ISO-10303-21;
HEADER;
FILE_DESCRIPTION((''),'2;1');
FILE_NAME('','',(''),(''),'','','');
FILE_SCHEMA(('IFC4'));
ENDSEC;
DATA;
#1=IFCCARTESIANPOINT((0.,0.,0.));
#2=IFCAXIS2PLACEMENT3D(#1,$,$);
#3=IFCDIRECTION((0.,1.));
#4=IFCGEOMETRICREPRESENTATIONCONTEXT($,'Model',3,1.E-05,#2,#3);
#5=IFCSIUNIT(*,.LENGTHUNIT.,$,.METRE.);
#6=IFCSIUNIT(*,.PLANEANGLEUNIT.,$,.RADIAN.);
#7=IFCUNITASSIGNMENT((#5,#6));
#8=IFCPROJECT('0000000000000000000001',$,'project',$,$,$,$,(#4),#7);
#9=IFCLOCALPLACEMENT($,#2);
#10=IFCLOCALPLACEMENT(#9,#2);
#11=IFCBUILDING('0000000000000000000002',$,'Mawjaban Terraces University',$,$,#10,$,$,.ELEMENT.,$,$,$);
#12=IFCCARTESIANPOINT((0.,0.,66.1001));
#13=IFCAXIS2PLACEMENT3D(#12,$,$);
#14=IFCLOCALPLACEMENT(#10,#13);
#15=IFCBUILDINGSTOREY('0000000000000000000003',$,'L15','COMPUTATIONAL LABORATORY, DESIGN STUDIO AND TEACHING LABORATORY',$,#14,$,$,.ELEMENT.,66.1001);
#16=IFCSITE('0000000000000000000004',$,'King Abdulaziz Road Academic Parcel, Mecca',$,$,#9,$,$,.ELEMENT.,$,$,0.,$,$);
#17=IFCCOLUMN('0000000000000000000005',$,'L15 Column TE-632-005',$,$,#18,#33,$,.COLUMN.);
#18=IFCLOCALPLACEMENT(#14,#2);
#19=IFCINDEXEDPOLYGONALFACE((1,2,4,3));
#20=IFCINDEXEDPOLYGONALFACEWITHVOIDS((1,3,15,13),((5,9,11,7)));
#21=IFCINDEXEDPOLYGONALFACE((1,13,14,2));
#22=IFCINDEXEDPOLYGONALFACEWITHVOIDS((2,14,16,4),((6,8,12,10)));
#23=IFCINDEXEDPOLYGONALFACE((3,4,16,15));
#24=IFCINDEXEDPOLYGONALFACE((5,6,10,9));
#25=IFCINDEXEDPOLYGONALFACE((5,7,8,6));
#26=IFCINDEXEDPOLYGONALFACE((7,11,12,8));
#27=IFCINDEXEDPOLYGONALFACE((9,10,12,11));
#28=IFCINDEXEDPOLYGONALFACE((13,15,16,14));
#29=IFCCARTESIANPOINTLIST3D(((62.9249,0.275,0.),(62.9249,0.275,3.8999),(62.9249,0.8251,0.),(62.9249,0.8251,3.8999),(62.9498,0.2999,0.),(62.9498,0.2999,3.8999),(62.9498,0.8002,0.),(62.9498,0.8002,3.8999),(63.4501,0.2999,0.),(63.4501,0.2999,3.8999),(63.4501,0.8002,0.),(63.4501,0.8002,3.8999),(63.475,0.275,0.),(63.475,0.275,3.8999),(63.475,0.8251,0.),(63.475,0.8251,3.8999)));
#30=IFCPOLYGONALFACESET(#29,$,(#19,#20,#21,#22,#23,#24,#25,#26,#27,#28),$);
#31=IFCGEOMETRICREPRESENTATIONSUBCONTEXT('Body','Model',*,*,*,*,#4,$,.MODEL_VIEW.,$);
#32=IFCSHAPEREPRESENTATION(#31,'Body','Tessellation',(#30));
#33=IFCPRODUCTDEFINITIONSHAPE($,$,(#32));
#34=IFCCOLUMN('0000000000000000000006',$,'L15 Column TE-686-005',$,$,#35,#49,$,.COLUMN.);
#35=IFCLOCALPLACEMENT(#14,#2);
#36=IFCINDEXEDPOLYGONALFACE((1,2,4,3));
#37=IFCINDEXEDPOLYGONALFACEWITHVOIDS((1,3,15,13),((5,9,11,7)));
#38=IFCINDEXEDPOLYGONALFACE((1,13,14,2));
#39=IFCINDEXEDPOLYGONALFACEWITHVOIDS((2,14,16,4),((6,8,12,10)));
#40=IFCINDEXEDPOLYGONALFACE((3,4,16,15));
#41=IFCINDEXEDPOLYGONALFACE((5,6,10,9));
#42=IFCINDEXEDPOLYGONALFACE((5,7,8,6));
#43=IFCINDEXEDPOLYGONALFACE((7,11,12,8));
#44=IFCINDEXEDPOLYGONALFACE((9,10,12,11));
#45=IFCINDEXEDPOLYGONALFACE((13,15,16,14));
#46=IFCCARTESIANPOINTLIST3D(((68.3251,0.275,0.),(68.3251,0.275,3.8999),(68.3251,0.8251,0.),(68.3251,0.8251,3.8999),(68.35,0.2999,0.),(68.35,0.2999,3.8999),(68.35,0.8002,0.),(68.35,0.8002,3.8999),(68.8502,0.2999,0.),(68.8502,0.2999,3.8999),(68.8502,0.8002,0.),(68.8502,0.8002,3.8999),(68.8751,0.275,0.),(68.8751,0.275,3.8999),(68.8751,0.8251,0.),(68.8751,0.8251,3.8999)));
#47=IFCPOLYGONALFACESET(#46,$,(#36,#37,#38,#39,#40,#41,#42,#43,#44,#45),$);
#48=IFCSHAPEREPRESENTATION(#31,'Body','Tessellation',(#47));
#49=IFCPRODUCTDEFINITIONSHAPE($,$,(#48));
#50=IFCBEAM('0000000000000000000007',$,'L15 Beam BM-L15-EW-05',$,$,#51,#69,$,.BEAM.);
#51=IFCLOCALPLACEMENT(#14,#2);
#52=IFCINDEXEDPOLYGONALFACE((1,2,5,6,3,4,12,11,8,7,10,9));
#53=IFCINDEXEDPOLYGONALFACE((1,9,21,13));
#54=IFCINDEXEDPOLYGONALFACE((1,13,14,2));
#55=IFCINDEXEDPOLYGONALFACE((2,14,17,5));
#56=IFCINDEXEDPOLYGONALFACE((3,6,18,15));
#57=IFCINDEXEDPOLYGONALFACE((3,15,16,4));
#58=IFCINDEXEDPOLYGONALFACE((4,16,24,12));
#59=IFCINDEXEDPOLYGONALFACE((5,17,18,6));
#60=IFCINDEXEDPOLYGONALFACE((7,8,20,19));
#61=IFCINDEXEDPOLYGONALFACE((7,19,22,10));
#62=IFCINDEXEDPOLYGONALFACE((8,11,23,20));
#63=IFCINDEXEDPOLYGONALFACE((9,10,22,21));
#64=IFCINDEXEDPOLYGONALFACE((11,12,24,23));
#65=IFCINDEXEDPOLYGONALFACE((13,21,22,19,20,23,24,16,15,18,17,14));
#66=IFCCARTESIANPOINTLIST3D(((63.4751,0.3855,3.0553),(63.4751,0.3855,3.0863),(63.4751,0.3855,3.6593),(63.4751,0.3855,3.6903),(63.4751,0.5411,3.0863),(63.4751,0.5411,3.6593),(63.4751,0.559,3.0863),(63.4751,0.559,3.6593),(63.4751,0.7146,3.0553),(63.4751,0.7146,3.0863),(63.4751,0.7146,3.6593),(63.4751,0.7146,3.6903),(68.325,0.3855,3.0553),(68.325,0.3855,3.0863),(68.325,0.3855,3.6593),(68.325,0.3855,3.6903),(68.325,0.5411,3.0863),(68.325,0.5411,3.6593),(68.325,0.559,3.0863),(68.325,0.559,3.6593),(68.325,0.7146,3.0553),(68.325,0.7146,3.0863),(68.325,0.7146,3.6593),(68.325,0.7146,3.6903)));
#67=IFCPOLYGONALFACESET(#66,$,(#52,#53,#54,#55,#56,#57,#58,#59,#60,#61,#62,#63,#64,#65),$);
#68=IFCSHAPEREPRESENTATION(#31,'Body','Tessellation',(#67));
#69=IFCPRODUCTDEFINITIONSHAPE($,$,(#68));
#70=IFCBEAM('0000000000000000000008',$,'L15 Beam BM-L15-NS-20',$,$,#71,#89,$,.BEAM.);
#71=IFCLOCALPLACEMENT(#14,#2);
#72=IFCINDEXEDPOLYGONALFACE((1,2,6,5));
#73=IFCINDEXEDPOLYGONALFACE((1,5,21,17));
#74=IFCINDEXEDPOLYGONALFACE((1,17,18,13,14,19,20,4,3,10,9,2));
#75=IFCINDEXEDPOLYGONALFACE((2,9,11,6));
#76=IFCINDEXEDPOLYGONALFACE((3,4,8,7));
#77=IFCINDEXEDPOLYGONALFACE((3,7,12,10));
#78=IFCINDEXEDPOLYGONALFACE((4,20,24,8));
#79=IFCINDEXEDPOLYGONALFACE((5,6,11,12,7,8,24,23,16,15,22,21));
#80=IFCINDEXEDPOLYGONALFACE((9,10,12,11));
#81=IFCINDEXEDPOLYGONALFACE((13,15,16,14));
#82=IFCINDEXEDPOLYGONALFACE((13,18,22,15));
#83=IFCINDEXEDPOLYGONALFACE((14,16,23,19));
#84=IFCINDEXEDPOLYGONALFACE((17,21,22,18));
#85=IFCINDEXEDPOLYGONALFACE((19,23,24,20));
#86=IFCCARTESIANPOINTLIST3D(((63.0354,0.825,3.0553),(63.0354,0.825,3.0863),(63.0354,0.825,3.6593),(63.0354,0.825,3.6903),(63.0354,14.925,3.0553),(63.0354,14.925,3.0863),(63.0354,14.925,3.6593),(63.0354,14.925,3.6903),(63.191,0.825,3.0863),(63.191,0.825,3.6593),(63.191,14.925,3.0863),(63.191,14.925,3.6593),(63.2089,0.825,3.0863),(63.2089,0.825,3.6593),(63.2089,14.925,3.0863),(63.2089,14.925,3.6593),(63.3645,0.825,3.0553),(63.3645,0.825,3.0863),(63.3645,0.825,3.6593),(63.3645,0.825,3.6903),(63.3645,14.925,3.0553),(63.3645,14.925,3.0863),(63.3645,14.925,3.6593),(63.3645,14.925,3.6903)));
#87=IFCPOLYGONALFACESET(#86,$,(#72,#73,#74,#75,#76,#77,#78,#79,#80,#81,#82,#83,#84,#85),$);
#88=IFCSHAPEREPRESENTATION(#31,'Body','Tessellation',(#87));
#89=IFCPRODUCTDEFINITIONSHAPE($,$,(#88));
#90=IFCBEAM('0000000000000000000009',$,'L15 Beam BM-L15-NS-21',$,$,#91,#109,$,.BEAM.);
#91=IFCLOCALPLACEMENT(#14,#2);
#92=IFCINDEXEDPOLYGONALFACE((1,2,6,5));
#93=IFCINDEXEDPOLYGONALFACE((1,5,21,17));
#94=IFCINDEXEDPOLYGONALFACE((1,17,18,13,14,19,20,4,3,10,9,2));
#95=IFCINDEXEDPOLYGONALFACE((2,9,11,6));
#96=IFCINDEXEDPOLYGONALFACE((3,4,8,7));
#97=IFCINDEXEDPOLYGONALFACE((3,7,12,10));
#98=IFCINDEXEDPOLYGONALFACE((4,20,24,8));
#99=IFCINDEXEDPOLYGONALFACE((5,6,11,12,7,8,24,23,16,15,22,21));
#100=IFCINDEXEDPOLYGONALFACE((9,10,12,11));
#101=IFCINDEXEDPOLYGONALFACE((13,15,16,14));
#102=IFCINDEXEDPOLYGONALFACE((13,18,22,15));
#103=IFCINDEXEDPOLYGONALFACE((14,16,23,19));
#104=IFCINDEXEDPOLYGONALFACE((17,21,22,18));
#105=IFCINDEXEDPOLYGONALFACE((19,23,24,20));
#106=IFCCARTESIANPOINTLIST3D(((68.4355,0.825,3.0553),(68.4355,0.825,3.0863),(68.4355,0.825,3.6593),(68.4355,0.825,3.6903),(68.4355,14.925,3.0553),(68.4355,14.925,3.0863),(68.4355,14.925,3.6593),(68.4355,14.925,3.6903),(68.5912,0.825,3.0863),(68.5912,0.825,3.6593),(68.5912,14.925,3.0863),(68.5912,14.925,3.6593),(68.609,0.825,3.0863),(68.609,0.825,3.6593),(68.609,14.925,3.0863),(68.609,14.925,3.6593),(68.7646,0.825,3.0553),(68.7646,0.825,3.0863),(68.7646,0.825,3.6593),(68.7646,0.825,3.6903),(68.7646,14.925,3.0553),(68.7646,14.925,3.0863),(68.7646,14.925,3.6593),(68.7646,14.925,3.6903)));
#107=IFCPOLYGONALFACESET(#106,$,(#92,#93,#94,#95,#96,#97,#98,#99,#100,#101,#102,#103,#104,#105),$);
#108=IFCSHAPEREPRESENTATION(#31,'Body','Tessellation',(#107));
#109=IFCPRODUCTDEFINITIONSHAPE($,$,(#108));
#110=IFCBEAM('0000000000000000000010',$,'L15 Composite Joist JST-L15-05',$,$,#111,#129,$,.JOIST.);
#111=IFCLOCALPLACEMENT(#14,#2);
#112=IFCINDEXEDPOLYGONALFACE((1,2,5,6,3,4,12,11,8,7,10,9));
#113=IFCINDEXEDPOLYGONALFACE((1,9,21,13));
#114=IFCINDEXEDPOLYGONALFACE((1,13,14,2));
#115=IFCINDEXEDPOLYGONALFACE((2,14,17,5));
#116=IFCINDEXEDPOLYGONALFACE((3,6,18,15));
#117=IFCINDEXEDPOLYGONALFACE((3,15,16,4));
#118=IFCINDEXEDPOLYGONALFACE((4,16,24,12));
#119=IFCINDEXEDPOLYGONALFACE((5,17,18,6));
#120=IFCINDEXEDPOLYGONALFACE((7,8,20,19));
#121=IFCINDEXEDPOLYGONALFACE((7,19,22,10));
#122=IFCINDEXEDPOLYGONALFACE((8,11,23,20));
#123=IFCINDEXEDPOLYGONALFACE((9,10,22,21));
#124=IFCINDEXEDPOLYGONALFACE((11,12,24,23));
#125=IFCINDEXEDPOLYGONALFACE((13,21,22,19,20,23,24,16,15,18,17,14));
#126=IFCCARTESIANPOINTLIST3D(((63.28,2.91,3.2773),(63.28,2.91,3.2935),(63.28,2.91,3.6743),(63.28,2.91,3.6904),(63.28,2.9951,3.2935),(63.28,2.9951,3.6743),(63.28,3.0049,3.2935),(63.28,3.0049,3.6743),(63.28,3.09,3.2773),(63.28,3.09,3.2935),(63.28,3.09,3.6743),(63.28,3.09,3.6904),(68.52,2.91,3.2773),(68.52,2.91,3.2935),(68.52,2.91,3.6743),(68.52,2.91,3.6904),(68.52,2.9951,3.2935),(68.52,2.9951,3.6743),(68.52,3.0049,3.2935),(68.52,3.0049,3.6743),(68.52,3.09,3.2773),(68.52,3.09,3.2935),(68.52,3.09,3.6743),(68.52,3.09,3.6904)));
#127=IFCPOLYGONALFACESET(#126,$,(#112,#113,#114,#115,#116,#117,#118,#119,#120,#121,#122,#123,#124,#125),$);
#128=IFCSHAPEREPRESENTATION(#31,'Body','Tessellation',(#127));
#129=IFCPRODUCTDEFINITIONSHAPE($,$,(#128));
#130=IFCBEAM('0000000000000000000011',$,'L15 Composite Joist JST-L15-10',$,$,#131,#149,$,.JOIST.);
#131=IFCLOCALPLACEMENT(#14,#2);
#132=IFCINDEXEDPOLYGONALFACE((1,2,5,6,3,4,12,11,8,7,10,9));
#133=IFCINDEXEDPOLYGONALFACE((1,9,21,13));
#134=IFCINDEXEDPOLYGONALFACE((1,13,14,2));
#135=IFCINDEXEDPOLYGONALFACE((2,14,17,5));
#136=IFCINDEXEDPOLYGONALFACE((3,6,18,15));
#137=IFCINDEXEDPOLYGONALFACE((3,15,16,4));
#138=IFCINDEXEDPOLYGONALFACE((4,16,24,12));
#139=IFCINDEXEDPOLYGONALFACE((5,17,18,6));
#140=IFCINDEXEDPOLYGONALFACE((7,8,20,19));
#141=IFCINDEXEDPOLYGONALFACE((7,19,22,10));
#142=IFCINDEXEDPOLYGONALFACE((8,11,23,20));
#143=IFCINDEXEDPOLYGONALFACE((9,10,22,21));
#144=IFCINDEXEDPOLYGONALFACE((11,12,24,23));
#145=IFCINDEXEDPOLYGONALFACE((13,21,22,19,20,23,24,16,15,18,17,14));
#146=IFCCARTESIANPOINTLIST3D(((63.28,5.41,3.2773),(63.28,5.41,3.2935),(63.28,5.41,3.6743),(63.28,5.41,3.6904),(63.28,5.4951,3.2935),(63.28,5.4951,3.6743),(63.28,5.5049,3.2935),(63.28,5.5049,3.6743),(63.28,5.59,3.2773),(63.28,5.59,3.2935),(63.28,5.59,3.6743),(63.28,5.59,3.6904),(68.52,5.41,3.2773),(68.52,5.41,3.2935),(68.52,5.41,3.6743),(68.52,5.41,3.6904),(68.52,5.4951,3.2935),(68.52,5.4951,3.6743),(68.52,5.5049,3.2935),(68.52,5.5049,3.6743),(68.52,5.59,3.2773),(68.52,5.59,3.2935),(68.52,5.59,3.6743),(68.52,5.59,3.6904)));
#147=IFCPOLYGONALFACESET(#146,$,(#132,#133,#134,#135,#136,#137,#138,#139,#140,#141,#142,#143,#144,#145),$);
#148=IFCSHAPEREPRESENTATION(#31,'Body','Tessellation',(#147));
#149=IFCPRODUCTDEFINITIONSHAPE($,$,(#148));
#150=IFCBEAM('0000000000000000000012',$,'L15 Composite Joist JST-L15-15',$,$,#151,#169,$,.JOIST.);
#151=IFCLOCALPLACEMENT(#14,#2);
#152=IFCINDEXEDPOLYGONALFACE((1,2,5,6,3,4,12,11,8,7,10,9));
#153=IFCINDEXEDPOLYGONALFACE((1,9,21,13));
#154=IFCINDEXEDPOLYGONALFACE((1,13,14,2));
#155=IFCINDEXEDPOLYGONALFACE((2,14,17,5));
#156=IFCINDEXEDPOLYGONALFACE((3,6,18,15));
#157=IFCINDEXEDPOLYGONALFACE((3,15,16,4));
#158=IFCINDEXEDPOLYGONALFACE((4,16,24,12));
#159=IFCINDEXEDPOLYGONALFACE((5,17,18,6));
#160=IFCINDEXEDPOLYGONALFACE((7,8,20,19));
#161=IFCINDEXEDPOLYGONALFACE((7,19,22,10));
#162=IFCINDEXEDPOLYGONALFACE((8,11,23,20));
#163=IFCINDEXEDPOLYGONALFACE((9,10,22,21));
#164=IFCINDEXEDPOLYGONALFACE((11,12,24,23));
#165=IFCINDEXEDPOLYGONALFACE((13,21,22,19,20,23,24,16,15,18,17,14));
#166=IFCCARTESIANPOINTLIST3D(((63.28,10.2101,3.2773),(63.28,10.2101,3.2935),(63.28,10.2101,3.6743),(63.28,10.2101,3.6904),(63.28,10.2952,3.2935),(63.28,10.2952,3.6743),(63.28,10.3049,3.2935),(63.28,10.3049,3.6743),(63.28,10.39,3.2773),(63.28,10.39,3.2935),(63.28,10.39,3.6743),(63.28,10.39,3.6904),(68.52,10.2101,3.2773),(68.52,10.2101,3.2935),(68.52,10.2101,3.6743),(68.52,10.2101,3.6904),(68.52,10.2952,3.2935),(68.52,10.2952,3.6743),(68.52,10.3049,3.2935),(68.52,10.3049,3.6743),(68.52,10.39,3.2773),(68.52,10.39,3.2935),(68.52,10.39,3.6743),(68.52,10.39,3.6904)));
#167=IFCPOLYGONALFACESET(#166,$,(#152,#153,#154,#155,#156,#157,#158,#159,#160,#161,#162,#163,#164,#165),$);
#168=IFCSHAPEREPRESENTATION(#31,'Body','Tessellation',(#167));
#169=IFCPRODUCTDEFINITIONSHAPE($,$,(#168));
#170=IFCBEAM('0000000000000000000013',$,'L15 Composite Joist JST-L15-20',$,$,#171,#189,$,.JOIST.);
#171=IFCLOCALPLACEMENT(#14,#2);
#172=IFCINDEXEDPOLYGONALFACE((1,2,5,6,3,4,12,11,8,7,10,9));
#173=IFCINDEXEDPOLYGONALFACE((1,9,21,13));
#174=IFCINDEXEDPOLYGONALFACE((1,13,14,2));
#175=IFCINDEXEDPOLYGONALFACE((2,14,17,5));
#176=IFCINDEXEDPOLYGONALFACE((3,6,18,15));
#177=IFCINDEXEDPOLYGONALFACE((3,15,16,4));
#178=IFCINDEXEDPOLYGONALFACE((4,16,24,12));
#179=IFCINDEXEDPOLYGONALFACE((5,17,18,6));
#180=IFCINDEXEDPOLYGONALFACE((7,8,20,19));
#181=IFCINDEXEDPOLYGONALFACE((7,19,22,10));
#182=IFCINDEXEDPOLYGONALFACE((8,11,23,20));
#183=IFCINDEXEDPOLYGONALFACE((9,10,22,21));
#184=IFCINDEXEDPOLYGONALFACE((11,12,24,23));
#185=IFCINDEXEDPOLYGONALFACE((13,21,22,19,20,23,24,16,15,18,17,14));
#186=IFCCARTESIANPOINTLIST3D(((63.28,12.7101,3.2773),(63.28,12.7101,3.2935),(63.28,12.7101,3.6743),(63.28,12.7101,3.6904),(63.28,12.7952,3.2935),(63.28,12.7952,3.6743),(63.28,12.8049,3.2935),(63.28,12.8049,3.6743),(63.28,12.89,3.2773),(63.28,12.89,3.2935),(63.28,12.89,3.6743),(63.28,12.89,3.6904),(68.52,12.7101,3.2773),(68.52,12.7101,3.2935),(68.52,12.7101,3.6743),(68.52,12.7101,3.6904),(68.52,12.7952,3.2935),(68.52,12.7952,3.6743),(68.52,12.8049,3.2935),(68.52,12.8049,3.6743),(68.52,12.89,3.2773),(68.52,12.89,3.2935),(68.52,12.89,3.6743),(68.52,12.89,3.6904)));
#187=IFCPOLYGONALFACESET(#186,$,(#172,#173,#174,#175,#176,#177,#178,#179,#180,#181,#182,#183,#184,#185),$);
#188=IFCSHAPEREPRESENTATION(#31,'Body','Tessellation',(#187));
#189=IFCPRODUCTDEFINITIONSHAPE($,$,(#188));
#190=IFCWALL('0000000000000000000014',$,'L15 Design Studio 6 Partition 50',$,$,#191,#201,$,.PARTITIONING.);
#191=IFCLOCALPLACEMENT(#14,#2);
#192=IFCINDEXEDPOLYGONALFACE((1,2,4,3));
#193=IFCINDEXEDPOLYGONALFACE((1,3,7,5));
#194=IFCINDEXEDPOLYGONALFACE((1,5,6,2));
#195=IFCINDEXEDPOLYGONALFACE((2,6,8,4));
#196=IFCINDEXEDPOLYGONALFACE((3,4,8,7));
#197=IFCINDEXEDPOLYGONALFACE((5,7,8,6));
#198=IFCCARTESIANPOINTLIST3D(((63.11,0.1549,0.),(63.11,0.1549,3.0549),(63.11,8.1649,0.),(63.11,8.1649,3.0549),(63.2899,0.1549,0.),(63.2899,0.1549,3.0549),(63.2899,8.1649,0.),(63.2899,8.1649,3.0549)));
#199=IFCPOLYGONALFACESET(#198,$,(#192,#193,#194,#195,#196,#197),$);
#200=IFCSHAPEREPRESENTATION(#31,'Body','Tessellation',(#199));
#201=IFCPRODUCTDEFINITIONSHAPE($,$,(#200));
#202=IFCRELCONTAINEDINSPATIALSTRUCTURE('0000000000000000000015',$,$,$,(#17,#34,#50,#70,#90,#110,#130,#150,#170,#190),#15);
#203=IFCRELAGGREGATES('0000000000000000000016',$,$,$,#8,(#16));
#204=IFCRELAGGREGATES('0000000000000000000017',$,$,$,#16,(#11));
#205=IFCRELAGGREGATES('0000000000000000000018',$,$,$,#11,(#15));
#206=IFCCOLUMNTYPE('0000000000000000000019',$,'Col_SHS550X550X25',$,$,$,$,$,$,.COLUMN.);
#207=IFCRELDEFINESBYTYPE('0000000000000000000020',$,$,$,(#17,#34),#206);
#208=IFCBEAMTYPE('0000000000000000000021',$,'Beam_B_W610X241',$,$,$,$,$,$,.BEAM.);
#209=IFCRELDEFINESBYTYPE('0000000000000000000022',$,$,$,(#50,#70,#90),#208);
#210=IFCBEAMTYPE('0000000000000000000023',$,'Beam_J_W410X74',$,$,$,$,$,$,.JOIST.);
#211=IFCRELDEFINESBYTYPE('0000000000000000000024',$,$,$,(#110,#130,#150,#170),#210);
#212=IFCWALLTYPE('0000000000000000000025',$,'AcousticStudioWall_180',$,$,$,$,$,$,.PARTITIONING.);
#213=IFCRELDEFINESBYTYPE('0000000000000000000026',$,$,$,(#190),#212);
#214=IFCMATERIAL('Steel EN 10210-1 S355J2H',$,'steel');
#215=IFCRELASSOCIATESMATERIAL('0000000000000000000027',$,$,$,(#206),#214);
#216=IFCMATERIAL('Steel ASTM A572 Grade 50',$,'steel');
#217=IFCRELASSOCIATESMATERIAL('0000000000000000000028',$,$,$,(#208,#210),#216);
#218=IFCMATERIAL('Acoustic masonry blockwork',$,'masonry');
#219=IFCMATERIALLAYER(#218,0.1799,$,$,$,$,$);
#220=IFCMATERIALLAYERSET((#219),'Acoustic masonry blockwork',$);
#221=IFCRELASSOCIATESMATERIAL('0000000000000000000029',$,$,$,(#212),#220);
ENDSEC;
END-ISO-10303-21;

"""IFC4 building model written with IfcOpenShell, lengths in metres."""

from ifc_helpers import new_model, si_unit, direction, frame, frame_2d, origin, origin_2d, place, context, subcontext, project, spatial, rectangle, hollow_rectangle, i_section, extrude, material, layer, layer_set, material_profile, profile_set, type_object, element, save


model = new_model("IFC4")

# Units and contexts
model_context = context("Model", 3, precision=1e-05, world=origin(), true_north=direction((0.0, 1.0)))
body_context = subcontext(model_context, "Body", "Model", "MODEL_VIEW")
ifc_project = project(units=[si_unit("LENGTHUNIT", "METRE"), si_unit("PLANEANGLEUNIT", "RADIAN")], contexts=[model_context])

# Site, building, storey
site_placement = place(None, origin())
site = spatial("IfcSite", under=ifc_project, at=site_placement, Name="King Abdulaziz Road Academic Parcel, Mecca", CompositionType="ELEMENT", RefElevation=0.0)
building_placement = place(site_placement, origin())
building = spatial("IfcBuilding", under=site, at=building_placement, Name="Mawjaban Terraces University", CompositionType="ELEMENT")
storey_placement = place(building_placement, frame((0.0, 0.0, 66.1001)))
storey = spatial("IfcBuildingStorey", under=building, at=storey_placement, Name="L15", Description="COMPUTATIONAL LABORATORY, DESIGN STUDIO AND TEACHING LABORATORY", CompositionType="ELEMENT", Elevation=66.1001)

# Columns
ifc_material_1 = material(Name="Steel EN 10210-1 S355J2H", Category="steel")
ifc_material_profile_1 = material_profile(ifc_material_1, hollow_rectangle(XDim=0.55, YDim=0.55, WallThickness=0.0249, at=origin_2d()), Name="SHS550X550X25")
ifc_profile_set_1 = profile_set([ifc_material_profile_1], Name="Steel EN 10210-1 S355J2H")
column_type = type_object("IfcColumnType", Name="Col_SHS550X550X25", PredefinedType="COLUMN", material=ifc_profile_set_1)
for number, where, z_axis, x_axis, name in (
    (1, (63.2, 0.55, 0.0), (0.0, 0.0, 1.0), (1.0, 0.0, 0.0), "L15 Column TE-632-005"),
    (2, (68.6001, 0.55, 0.0), (0.0, 0.0, 1.0), (1.0, 0.0, 0.0), "L15 Column TE-686-005"),
):
    element("IfcColumn", number, at=place(storey_placement, frame(where, z_axis=z_axis, x_axis=x_axis)), inside=storey, type_object=column_type, Name=name, PredefinedType="COLUMN", context=body_context, shape_type="SweptSolid", body=[
        extrude(hollow_rectangle(XDim=0.55, YDim=0.55, WallThickness=0.0249, at=origin_2d()), origin(), (0.0, 0.0, 1.0), 3.8999),
    ])

# Beams
ifc_material_2 = material(Name="Steel ASTM A572 Grade 50", Category="steel")
ifc_material_profile_2 = material_profile(ifc_material_2, i_section(OverallWidth=0.3291, OverallDepth=0.635, WebThickness=0.0178, FlangeThickness=0.031, at=origin_2d()), Name="W610X241")
ifc_profile_set_2 = profile_set([ifc_material_profile_2], Name="Steel ASTM A572 Grade 50")
beam_type_1 = type_object("IfcBeamType", Name="Beam_B_W610X241", PredefinedType="BEAM", material=ifc_profile_set_2)
beam_placement = place(storey_placement, frame((63.4751, 0.55, 3.3728), z_axis=(1.0, 0.0, 0.0), x_axis=(0.0, 1.0, 0.0)))
element("IfcBeam", 3, at=beam_placement, inside=storey, type_object=beam_type_1, Name="L15 Beam BM-L15-EW-05", PredefinedType="BEAM", context=body_context, shape_type="SweptSolid", body=[
    extrude(i_section(OverallWidth=0.3291, OverallDepth=0.635, WebThickness=0.0178, FlangeThickness=0.031, at=origin_2d()), origin(), (0.0, 0.0, 1.0), 4.8499),
])
for number, where, z_axis, x_axis, name in (
    (4, (63.2, 0.825, 3.3728), (0.0, 1.0, 0.0), (-1.0, 0.0, 0.0), "L15 Beam BM-L15-NS-20"),
    (5, (68.6001, 0.825, 3.3728), (0.0, 1.0, 0.0), (-1.0, 0.0, 0.0), "L15 Beam BM-L15-NS-21"),
):
    element("IfcBeam", number, at=place(storey_placement, frame(where, z_axis=z_axis, x_axis=x_axis)), inside=storey, type_object=beam_type_1, Name=name, PredefinedType="BEAM", context=body_context, shape_type="SweptSolid", body=[
        extrude(i_section(OverallWidth=0.3291, OverallDepth=0.635, WebThickness=0.0178, FlangeThickness=0.031, at=origin_2d()), origin(), (0.0, 0.0, 1.0), 14.1001),
    ])
ifc_material_profile_3 = material_profile(ifc_material_2, i_section(OverallWidth=0.1799, OverallDepth=0.4131, WebThickness=0.0098, FlangeThickness=0.0161, at=origin_2d()), Name="W410X74")
ifc_profile_set_3 = profile_set([ifc_material_profile_3], Name="Steel ASTM A572 Grade 50")
beam_type_2 = type_object("IfcBeamType", Name="Beam_J_W410X74", PredefinedType="JOIST", material=ifc_profile_set_3)
for number, where, z_axis, x_axis, name in (
    (6, (63.28, 3.0, 3.4839), (1.0, 0.0, 0.0), (0.0, 1.0, 0.0), "L15 Composite Joist JST-L15-05"),
    (7, (63.28, 5.5, 3.4839), (1.0, 0.0, 0.0), (0.0, 1.0, 0.0), "L15 Composite Joist JST-L15-10"),
    (8, (63.28, 10.3, 3.4839), (1.0, 0.0, 0.0), (0.0, 1.0, 0.0), "L15 Composite Joist JST-L15-15"),
    (9, (63.28, 12.8, 3.4839), (1.0, 0.0, 0.0), (0.0, 1.0, 0.0), "L15 Composite Joist JST-L15-20"),
):
    element("IfcBeam", number, at=place(storey_placement, frame(where, z_axis=z_axis, x_axis=x_axis)), inside=storey, type_object=beam_type_2, Name=name, PredefinedType="JOIST", context=body_context, shape_type="SweptSolid", body=[
        extrude(i_section(OverallWidth=0.1799, OverallDepth=0.4131, WebThickness=0.0098, FlangeThickness=0.0161, at=origin_2d()), origin(), (0.0, 0.0, 1.0), 5.24),
    ])

# Wall
ifc_material_3 = material(Name="Acoustic masonry blockwork", Category="masonry")
ifc_layer_1 = layer(ifc_material_3, 0.1799)
ifc_layer_set_1 = layer_set([ifc_layer_1], Name="Acoustic masonry blockwork")
wall_type_1 = type_object("IfcWallType", Name="AcousticStudioWall_180", PredefinedType="PARTITIONING", material=ifc_layer_set_1)
wall_1_placement = place(storey_placement, frame((63.2, 0.155, 0.0), z_axis=(0.0, 0.0, 1.0), x_axis=(0.0, 1.0, 0.0)))
element("IfcWall", 10, at=wall_1_placement, inside=storey, type_object=wall_type_1, Name="L15 Design Studio 6 Partition 50", PredefinedType="PARTITIONING", context=body_context, shape_type="SweptSolid", body=[
    extrude(rectangle(XDim=8.01, YDim=0.1799, at=frame_2d((4.0049, 0.0))), origin(), (0.0, 0.0, 1.0), 3.0549),
])

save(model, "model.ifc")
